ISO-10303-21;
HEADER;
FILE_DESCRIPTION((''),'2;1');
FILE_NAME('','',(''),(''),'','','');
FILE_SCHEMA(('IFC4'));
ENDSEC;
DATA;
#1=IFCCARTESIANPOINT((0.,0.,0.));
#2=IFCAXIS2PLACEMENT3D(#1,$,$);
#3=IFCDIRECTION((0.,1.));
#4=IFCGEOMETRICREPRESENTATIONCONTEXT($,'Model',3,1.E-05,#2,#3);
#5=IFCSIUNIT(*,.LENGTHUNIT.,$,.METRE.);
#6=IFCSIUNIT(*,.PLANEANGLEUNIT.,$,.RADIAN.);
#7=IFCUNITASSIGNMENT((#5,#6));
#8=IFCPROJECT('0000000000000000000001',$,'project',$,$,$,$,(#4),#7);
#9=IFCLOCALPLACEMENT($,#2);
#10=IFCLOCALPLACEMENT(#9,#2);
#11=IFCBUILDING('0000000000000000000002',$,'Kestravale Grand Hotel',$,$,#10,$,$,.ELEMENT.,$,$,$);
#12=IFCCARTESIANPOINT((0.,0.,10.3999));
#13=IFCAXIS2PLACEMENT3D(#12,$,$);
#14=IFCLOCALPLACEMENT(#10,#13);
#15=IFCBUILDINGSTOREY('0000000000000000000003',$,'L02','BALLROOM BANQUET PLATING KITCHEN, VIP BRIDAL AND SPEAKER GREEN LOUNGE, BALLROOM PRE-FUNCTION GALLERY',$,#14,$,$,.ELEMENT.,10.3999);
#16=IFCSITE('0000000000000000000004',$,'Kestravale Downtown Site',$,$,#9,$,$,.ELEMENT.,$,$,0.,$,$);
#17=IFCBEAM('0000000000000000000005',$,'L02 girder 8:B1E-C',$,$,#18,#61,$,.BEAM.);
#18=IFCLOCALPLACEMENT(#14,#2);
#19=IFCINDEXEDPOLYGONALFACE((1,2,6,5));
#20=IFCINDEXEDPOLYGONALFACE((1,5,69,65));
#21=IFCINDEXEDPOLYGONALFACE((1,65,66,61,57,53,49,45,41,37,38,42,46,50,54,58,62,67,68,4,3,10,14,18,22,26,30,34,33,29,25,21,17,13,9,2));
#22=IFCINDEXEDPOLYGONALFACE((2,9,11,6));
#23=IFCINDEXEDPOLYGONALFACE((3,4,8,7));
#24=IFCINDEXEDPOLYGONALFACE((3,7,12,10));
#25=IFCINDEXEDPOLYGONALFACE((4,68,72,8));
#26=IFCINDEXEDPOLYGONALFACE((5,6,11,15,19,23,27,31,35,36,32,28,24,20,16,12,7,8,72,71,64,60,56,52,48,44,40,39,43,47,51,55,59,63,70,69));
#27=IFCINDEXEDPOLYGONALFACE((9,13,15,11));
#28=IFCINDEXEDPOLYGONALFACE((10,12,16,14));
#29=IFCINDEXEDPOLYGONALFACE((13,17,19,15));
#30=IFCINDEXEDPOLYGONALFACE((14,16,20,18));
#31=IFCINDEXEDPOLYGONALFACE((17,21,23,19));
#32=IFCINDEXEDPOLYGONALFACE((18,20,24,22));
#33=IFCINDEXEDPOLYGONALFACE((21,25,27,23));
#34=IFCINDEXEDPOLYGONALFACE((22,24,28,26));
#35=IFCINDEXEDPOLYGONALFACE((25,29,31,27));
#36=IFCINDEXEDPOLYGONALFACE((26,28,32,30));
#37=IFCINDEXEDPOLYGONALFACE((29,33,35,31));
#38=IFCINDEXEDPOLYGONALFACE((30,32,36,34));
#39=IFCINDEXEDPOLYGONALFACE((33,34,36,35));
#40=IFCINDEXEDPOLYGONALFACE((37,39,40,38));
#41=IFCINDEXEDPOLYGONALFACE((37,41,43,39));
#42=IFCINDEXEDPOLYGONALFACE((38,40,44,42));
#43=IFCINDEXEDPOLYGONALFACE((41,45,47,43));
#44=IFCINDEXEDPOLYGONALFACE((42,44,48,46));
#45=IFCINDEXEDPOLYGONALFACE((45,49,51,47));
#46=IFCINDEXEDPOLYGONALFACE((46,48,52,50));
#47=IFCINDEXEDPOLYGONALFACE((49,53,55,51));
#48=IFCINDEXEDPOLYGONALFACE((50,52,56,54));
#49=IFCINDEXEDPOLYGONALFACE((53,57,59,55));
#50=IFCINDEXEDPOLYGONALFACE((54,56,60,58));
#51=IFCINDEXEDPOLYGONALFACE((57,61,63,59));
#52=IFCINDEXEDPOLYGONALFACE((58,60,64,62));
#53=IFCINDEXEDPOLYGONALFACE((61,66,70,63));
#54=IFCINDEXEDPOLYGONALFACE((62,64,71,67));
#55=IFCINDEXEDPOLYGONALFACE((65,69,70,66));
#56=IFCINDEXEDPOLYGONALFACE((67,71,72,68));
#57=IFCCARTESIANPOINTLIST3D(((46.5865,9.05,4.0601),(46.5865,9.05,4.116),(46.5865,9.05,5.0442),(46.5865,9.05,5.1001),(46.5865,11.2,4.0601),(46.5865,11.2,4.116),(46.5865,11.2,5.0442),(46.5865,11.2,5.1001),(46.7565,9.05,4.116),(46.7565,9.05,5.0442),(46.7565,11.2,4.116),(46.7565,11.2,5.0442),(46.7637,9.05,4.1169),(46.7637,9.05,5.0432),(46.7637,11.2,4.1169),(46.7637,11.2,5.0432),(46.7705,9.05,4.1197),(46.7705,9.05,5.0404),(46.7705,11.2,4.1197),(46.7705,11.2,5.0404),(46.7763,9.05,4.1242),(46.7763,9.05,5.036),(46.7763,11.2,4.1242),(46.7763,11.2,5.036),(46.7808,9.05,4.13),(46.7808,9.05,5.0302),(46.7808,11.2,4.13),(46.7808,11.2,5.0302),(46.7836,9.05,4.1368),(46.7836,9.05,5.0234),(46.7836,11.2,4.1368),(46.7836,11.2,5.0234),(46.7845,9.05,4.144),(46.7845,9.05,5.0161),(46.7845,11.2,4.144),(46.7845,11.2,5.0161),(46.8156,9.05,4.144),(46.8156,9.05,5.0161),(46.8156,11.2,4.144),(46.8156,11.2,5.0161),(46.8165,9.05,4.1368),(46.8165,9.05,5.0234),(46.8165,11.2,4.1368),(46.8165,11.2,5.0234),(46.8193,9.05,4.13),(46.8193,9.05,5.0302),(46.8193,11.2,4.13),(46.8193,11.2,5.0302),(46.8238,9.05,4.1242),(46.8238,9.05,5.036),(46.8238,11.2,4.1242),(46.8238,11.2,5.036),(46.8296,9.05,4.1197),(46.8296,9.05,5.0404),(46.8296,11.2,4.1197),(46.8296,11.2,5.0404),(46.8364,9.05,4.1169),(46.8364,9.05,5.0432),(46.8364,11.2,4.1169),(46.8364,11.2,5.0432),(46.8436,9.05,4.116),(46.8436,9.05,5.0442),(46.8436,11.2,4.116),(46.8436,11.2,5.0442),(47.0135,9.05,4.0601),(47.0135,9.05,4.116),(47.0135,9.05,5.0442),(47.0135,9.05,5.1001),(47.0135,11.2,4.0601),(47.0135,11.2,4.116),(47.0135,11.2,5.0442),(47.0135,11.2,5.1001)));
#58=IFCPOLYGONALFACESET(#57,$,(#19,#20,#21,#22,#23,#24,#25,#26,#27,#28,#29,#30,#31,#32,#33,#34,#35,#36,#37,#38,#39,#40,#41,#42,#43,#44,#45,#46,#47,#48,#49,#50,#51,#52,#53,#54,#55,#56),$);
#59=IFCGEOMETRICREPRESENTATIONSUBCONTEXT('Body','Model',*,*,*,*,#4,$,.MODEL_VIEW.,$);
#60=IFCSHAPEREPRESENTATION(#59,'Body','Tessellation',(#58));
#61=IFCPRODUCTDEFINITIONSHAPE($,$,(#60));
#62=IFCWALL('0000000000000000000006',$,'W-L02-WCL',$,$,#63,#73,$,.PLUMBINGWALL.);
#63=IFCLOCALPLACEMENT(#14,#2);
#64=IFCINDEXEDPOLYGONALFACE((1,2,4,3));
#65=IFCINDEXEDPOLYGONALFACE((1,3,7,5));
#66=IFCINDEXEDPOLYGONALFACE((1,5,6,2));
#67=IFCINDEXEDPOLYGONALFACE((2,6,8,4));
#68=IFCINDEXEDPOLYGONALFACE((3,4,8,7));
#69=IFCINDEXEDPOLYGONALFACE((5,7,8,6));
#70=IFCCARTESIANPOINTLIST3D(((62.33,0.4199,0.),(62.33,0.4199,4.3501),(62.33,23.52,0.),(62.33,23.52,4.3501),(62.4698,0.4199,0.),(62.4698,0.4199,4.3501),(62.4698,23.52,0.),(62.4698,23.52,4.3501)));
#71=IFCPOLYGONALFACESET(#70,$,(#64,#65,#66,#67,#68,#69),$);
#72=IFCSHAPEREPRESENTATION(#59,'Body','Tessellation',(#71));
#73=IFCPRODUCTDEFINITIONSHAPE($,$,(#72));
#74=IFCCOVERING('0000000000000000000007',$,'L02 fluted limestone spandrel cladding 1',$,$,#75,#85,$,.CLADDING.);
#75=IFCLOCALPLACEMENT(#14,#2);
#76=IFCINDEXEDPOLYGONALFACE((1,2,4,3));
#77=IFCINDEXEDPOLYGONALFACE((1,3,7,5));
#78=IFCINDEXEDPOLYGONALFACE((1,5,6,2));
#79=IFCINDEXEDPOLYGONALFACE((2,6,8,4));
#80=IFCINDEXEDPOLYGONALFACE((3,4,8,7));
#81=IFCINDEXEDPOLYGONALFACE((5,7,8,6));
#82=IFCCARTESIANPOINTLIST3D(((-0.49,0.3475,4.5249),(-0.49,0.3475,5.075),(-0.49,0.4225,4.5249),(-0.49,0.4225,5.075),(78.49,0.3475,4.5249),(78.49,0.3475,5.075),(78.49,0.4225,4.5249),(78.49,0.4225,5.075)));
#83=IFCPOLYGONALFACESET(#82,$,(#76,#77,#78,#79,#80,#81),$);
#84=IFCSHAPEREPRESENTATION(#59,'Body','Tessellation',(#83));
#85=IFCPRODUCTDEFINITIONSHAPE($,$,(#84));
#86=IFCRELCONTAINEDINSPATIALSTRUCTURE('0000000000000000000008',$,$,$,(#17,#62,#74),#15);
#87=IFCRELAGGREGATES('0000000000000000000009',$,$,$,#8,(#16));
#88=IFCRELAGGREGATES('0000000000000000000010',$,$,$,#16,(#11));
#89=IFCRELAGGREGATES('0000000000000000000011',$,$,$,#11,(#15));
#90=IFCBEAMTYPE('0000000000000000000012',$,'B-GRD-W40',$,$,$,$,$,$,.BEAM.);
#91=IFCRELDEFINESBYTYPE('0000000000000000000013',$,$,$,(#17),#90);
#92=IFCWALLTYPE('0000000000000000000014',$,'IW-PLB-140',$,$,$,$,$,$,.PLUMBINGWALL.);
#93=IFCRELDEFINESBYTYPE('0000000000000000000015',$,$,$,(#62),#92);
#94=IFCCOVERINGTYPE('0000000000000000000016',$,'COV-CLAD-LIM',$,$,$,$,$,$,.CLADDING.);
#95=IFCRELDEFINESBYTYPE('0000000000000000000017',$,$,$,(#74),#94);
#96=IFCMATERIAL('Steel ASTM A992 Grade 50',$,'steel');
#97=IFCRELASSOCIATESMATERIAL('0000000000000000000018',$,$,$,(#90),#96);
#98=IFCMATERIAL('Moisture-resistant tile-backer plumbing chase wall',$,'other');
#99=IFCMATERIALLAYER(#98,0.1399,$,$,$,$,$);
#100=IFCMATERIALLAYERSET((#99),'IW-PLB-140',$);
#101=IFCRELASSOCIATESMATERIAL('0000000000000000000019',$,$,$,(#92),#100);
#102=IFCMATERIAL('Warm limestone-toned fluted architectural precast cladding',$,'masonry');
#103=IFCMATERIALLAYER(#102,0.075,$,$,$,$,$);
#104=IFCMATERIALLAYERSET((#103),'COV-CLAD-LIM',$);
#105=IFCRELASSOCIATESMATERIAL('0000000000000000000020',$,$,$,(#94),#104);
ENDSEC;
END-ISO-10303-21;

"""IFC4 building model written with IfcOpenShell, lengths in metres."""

from ifc_helpers import new_model, si_unit, direction, frame, frame_2d, origin, origin_2d, place, context, subcontext, project, spatial, rectangle, i_section, extrude, material, layer, layer_set, material_profile, profile_set, type_object, element, save


model = new_model("IFC4")

# Units and contexts
model_context = context("Model", 3, precision=1e-05, world=origin(), true_north=direction((0.0, 1.0)))
body_context = subcontext(model_context, "Body", "Model", "MODEL_VIEW")
ifc_project = project(units=[si_unit("LENGTHUNIT", "METRE"), si_unit("PLANEANGLEUNIT", "RADIAN")], contexts=[model_context])

# Site, building, storey
site_placement = place(None, origin())
site = spatial("IfcSite", under=ifc_project, at=site_placement, Name="Kestravale Downtown Site", CompositionType="ELEMENT", RefElevation=0.0)
building_placement = place(site_placement, origin())
building = spatial("IfcBuilding", under=site, at=building_placement, Name="Kestravale Grand Hotel", CompositionType="ELEMENT")
storey_placement = place(building_placement, frame((0.0, 0.0, 10.3999)))
storey = spatial("IfcBuildingStorey", under=building, at=storey_placement, Name="L02", Description="BALLROOM BANQUET PLATING KITCHEN, VIP BRIDAL AND SPEAKER GREEN LOUNGE, BALLROOM PRE-FUNCTION GALLERY", CompositionType="ELEMENT", Elevation=10.3999)

# Beam
ifc_material_1 = material(Name="Steel ASTM A992 Grade 50", Category="steel")
ifc_material_profile_1 = material_profile(ifc_material_1, i_section(OverallWidth=0.427, OverallDepth=1.04, WebThickness=0.031, FlangeThickness=0.0559, FilletRadius=0.0281, at=origin_2d()))
ifc_profile_set_1 = profile_set([ifc_material_profile_1], Name="Steel ASTM A992 Grade 50")
beam_type_1 = type_object("IfcBeamType", Name="B-GRD-W40", PredefinedType="BEAM", material=ifc_profile_set_1)
beam_1_placement = place(storey_placement, frame((46.8, 9.05, 4.5801), z_axis=(0.0, 1.0, 0.0), x_axis=(-1.0, 0.0, 0.0)))
element("IfcBeam", 1, at=beam_1_placement, inside=storey, type_object=beam_type_1, Name="L02 girder 8:B1E-C", PredefinedType="BEAM", context=body_context, shape_type="SweptSolid", body=[
    extrude(i_section(OverallWidth=0.427, OverallDepth=1.04, WebThickness=0.031, FlangeThickness=0.0559, FilletRadius=0.0281, at=origin_2d()), origin(), (0.0, 0.0, 1.0), 2.1499),
])

# Wall
ifc_material_2 = material(Name="Moisture-resistant tile-backer plumbing chase wall", Category="other")
ifc_layer_1 = layer(ifc_material_2, 0.1399)
ifc_layer_set_1 = layer_set([ifc_layer_1], Name="IW-PLB-140")
wall_type = type_object("IfcWallType", Name="IW-PLB-140", PredefinedType="PLUMBINGWALL", material=ifc_layer_set_1)
wall_placement = place(storey_placement, frame((62.3999, 0.4199, 0.0), z_axis=(0.0, 0.0, 1.0), x_axis=(0.0, 1.0, 0.0)))
element("IfcWall", 2, at=wall_placement, inside=storey, type_object=wall_type, Name="W-L02-WCL", PredefinedType="PLUMBINGWALL", context=body_context, shape_type="SweptSolid", body=[
    extrude(rectangle(XDim=23.1001, YDim=0.1399, at=frame_2d((11.55, 0.0))), origin(), (0.0, 0.0, 1.0), 4.3501),
])

# Covering
ifc_material_3 = material(Name="Warm limestone-toned fluted architectural precast cladding", Category="masonry")
ifc_layer_2 = layer(ifc_material_3, 0.075)
ifc_layer_set_2 = layer_set([ifc_layer_2], Name="COV-CLAD-LIM")
covering_type = type_object("IfcCoveringType", Name="COV-CLAD-LIM", PredefinedType="CLADDING", material=ifc_layer_set_2)
covering_placement = place(storey_placement, frame((39.0, 0.385, 4.5249), z_axis=(0.0, 0.0, 1.0), x_axis=(1.0, 0.0, 0.0)))
element("IfcCovering", 3, at=covering_placement, inside=storey, type_object=covering_type, Name="L02 fluted limestone spandrel cladding 1", PredefinedType="CLADDING", context=body_context, shape_type="SweptSolid", body=[
    extrude(rectangle(XDim=78.98, YDim=0.075, at=origin_2d()), origin(), (0.0, 0.0, 1.0), 0.55),
])

save(model, "model.ifc")
